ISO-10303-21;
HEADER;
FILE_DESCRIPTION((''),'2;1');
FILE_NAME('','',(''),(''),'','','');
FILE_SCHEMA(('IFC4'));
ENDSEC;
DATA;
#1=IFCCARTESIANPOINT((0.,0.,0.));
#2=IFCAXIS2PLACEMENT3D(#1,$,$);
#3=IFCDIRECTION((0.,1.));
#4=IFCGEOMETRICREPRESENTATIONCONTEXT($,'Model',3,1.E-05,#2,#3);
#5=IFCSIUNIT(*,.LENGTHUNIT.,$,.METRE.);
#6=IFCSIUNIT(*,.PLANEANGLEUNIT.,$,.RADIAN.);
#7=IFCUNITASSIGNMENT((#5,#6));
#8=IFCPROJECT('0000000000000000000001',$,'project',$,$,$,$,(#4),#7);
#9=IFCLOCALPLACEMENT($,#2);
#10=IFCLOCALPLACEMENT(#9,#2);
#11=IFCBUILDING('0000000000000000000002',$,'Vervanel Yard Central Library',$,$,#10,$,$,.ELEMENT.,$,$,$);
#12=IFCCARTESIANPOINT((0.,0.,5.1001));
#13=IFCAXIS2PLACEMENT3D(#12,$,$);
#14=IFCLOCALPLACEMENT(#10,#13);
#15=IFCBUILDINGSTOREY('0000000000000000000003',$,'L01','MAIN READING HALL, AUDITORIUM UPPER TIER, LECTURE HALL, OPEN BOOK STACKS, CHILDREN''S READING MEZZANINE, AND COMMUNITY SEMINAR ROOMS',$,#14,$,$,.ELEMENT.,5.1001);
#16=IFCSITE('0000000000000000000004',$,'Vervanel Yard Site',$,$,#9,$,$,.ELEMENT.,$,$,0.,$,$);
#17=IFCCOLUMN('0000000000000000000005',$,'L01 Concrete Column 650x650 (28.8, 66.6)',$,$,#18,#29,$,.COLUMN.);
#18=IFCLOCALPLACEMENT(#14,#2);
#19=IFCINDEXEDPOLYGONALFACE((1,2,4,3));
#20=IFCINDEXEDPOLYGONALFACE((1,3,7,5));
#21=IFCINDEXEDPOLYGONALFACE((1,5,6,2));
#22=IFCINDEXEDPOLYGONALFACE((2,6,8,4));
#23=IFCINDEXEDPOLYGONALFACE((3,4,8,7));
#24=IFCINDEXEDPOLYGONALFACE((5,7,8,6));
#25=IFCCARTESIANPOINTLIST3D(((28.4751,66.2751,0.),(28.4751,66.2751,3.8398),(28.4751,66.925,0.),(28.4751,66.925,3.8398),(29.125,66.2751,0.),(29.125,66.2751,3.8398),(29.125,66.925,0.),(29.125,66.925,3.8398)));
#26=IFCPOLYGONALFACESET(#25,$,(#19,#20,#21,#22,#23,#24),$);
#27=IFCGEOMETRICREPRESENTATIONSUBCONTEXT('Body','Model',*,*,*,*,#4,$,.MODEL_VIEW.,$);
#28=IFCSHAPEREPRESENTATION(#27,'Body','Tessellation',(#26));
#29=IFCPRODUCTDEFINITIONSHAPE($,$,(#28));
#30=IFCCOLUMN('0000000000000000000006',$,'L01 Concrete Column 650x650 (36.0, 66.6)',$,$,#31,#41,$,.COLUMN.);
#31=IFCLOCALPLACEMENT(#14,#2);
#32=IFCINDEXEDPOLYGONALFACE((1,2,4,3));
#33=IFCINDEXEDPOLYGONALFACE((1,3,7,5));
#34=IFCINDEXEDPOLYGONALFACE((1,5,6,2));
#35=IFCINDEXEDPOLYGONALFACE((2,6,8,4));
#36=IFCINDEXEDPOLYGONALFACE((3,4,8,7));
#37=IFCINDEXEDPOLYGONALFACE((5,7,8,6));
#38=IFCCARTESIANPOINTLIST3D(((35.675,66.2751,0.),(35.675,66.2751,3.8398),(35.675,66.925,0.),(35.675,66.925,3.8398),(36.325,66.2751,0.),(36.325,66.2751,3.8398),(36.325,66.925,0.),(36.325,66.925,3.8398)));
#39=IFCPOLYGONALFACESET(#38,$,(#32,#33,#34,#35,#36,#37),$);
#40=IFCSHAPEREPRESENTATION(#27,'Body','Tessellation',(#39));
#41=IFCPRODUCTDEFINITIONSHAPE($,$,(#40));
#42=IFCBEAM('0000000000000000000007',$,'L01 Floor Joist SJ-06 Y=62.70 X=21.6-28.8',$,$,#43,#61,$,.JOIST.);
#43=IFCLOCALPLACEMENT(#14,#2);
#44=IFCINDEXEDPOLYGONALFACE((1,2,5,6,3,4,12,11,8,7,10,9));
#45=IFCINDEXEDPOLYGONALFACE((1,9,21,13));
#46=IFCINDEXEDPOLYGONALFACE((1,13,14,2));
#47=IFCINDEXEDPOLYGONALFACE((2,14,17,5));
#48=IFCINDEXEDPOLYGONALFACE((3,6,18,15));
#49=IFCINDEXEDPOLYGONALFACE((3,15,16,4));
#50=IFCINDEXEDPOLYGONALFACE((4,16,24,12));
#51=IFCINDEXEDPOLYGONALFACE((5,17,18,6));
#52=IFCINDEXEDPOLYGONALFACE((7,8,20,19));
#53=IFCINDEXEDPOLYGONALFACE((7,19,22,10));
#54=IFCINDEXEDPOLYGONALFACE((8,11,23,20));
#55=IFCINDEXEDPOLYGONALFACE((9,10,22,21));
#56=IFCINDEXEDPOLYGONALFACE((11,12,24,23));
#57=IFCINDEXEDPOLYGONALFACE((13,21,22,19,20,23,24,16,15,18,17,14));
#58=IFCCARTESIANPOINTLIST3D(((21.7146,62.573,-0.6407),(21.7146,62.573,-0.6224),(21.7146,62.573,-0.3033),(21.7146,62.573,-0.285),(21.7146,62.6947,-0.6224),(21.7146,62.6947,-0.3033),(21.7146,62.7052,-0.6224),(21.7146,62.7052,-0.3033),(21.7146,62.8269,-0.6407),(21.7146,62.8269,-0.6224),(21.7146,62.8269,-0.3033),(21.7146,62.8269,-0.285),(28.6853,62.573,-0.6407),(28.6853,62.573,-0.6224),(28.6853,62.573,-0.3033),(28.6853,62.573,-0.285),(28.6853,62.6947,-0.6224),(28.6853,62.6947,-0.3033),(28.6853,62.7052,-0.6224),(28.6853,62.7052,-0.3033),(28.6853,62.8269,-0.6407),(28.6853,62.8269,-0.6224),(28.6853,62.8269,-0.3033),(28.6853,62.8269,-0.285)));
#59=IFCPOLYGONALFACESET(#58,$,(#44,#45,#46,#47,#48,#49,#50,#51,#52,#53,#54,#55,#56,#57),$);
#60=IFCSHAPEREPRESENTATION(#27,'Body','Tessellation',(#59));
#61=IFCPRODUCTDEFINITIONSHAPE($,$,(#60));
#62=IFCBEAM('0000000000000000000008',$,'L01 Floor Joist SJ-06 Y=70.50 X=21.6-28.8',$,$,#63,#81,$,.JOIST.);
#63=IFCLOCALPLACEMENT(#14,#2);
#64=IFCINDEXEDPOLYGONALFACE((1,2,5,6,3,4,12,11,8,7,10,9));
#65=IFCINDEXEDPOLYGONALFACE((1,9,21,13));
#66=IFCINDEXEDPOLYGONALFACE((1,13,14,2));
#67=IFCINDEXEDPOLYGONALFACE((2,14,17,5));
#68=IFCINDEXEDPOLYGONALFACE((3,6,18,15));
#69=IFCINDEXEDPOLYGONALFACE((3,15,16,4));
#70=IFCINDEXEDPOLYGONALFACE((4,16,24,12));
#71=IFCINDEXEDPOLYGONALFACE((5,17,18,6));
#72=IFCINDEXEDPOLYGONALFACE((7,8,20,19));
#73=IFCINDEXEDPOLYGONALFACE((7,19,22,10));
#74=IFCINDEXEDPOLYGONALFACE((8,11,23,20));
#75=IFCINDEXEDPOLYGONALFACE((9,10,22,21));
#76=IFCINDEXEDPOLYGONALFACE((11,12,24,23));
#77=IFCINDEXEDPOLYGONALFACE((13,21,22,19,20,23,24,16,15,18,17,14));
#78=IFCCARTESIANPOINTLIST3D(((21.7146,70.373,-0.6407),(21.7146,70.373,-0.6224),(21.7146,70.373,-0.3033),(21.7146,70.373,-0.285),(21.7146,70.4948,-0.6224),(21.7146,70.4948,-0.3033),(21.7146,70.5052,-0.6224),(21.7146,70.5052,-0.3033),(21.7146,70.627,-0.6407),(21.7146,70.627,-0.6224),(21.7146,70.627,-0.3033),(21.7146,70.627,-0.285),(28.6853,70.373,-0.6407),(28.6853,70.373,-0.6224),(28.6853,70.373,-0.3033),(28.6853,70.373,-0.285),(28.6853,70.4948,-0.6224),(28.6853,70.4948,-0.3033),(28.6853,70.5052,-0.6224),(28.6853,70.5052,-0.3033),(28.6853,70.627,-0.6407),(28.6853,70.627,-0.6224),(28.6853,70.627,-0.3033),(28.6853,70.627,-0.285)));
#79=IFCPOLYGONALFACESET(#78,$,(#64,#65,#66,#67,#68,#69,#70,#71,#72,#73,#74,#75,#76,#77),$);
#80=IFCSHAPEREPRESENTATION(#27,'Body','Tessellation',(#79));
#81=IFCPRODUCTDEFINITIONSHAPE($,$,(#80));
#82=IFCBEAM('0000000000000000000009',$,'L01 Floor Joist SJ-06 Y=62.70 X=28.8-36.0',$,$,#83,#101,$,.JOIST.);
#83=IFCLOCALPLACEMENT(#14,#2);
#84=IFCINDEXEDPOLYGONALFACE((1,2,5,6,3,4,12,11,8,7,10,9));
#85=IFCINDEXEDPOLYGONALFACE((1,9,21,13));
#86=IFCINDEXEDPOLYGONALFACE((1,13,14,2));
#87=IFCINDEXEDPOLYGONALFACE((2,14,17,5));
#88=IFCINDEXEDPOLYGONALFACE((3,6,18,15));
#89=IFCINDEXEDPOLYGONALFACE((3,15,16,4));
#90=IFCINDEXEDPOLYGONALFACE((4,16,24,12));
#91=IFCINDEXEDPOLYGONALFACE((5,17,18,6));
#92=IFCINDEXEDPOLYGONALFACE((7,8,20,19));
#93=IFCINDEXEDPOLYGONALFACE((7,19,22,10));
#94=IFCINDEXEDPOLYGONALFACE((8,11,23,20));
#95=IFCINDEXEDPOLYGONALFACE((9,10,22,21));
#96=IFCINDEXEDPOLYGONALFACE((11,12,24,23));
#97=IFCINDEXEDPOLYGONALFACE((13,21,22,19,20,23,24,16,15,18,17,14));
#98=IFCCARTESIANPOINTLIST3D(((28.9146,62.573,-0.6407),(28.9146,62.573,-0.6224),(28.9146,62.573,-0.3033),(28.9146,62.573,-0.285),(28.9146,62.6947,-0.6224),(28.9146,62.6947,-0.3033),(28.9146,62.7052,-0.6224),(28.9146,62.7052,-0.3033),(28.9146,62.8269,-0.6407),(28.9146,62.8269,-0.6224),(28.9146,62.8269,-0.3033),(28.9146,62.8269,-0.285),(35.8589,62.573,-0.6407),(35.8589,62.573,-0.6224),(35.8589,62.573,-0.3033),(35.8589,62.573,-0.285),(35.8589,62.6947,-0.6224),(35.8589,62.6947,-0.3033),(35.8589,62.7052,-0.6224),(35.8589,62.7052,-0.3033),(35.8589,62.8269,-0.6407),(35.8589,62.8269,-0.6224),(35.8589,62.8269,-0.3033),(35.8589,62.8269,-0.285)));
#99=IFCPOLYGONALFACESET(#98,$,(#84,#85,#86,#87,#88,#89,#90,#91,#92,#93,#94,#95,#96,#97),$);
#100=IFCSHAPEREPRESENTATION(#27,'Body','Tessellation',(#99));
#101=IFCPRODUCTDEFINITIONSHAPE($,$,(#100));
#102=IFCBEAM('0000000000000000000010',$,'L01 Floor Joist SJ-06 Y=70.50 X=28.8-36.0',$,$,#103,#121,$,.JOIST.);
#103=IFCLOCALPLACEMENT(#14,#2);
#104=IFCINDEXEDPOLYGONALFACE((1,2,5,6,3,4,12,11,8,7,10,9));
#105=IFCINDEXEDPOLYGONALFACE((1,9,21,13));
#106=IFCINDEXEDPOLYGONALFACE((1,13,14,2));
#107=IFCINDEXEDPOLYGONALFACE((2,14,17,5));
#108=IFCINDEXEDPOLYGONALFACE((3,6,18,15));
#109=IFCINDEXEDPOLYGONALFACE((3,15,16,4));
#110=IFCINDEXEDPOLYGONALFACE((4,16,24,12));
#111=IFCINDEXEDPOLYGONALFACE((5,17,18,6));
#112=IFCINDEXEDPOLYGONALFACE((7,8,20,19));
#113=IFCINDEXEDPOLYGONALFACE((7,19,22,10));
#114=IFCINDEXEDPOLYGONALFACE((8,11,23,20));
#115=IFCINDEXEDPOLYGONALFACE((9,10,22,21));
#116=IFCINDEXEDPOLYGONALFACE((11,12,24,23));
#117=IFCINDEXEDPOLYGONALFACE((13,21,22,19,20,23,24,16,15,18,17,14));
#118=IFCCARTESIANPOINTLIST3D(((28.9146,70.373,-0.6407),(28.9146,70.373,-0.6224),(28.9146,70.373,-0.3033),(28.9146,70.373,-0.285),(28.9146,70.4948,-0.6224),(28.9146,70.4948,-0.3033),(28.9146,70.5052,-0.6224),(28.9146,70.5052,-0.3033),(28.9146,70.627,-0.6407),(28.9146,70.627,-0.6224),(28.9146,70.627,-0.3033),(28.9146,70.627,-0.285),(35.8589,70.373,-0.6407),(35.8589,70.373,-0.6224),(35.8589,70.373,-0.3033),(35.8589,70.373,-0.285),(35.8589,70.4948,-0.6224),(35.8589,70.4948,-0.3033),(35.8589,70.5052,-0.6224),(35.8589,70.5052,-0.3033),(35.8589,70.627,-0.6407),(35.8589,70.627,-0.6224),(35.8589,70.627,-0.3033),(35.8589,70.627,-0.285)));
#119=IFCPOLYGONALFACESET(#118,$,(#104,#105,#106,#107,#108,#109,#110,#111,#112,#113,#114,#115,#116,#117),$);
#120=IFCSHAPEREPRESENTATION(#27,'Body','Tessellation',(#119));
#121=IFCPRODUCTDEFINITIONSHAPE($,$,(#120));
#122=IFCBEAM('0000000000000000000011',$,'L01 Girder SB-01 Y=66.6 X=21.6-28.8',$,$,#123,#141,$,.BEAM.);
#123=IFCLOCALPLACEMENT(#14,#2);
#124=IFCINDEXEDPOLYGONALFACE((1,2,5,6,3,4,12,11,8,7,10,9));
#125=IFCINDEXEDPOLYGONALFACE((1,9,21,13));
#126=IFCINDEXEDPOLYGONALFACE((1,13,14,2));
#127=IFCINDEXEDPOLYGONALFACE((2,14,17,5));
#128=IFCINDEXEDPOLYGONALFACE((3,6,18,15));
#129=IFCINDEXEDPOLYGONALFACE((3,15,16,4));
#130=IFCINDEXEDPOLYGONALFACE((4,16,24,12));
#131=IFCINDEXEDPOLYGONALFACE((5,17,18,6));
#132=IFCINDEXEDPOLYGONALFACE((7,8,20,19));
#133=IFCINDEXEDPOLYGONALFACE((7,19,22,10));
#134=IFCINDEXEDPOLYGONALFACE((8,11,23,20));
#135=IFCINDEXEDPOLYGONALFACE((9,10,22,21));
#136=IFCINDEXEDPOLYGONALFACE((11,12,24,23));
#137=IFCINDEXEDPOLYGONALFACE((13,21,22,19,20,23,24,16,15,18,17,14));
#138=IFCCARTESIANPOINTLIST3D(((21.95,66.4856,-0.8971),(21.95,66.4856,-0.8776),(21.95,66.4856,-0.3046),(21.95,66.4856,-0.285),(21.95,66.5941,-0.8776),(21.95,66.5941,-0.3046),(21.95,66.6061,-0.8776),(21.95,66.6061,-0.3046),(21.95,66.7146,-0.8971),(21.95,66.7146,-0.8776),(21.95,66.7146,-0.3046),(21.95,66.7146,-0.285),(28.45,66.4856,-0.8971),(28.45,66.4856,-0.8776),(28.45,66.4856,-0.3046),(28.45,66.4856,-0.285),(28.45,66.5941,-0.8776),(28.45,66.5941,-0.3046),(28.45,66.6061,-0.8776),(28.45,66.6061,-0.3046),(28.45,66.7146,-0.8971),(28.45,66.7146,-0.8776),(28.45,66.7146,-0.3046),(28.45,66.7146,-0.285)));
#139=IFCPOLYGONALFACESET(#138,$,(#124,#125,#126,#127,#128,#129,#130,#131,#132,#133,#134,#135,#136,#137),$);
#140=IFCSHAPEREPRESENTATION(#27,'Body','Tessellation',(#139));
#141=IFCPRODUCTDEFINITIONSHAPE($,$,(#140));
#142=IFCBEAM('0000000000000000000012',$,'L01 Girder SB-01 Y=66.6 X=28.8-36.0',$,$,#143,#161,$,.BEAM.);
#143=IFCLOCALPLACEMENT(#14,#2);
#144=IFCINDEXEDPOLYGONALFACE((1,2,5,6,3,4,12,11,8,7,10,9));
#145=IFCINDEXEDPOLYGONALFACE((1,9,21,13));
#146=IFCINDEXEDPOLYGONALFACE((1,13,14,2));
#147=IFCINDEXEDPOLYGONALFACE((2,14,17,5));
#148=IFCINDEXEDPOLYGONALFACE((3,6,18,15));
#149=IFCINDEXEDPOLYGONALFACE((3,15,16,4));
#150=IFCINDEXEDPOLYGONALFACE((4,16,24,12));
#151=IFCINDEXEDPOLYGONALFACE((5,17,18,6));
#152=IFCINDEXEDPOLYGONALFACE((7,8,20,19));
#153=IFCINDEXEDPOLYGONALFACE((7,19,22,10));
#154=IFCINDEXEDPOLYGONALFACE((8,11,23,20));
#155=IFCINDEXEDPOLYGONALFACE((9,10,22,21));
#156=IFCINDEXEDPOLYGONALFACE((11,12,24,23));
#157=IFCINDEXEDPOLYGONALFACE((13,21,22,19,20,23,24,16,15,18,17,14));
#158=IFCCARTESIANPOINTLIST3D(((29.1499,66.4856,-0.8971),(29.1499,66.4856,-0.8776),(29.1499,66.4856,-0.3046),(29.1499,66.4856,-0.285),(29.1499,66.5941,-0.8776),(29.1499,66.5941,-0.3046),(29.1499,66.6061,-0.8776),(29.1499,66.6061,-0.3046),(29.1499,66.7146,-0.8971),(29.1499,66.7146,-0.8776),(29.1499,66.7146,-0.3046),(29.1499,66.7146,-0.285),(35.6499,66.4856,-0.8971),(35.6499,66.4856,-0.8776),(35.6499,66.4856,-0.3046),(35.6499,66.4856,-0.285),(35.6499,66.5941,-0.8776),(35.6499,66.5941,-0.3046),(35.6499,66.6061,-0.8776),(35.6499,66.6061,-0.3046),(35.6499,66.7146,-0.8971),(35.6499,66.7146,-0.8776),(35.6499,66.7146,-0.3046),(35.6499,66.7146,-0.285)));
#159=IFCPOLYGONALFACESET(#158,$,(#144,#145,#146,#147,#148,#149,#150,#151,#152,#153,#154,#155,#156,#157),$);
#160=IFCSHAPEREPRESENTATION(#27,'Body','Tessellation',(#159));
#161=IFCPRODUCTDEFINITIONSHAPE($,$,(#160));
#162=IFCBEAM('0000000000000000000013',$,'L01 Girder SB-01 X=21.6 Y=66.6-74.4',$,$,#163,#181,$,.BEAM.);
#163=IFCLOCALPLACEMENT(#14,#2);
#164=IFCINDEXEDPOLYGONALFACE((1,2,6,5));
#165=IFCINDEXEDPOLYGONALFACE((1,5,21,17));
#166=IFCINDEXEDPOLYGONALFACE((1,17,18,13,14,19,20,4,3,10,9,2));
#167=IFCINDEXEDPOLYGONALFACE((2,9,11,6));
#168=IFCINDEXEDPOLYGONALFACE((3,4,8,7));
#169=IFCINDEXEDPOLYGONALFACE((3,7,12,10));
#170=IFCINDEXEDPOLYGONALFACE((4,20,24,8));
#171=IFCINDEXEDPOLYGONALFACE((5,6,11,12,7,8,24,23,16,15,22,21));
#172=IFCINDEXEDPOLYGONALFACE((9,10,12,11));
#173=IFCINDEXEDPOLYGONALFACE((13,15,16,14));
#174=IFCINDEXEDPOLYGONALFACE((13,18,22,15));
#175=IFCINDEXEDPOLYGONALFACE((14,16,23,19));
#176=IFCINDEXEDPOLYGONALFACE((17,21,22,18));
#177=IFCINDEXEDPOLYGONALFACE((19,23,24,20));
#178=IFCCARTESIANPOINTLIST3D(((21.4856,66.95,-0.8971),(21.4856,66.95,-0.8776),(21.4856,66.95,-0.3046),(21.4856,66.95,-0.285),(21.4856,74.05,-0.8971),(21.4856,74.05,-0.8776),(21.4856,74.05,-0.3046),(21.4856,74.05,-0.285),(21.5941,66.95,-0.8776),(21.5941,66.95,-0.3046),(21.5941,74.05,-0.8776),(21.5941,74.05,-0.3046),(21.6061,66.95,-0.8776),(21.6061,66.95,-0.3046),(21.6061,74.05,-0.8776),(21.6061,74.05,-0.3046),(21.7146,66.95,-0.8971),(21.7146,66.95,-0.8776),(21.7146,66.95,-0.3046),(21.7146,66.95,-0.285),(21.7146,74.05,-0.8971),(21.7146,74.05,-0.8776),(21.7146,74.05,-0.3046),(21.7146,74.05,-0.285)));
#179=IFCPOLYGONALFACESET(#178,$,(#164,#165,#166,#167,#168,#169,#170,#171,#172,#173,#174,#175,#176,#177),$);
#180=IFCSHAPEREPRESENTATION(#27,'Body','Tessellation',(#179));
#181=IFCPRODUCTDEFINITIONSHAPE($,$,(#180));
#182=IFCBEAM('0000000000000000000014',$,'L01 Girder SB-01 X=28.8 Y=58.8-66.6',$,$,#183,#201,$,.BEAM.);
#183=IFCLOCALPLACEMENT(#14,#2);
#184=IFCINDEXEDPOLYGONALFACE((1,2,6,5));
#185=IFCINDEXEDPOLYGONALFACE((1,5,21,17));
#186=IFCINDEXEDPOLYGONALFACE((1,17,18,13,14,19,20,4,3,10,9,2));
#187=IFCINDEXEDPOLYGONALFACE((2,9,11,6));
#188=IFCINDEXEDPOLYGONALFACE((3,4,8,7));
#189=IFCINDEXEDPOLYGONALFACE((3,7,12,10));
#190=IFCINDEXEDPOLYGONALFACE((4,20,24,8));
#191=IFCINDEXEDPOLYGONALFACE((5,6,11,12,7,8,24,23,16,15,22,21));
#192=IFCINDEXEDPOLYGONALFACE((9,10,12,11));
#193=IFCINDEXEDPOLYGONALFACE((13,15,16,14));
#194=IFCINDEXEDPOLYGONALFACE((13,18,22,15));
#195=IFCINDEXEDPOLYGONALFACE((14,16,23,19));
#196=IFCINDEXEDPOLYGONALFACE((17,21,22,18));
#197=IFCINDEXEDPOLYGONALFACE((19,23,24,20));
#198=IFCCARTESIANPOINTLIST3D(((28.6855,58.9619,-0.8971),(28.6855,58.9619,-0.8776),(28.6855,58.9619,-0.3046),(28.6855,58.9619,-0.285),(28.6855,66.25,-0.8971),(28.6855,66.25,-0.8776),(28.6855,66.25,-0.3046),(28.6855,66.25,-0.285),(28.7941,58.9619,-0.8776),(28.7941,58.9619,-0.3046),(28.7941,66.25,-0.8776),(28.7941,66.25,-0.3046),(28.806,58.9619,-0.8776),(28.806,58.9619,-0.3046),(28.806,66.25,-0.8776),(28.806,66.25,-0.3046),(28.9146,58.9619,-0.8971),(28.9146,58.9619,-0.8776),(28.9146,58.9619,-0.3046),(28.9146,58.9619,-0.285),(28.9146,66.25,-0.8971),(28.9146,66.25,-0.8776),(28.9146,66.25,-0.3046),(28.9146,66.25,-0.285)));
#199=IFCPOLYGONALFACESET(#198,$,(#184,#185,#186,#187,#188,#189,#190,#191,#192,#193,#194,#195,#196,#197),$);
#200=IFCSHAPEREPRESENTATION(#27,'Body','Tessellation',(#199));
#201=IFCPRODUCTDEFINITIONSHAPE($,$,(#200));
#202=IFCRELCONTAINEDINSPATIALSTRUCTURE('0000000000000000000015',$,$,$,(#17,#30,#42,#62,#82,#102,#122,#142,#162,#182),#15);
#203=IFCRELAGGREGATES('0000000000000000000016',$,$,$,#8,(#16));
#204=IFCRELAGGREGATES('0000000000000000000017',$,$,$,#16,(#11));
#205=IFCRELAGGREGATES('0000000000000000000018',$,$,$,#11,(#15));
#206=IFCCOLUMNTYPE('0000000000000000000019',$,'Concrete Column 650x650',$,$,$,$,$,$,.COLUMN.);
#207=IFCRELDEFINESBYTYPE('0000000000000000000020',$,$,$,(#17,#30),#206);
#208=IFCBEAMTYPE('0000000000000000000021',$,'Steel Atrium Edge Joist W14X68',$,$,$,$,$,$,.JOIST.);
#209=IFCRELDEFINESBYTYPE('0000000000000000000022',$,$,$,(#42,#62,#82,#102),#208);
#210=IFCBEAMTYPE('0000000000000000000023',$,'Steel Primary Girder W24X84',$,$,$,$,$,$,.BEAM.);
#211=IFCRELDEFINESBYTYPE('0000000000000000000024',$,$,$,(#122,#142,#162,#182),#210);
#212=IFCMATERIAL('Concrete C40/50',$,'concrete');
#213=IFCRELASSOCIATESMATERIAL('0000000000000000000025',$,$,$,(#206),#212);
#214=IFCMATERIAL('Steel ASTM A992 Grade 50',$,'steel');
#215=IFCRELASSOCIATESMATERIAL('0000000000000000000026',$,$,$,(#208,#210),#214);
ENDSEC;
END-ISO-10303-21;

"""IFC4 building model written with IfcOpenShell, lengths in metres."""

from ifc_helpers import new_model, si_unit, direction, frame, origin, origin_2d, place, context, subcontext, project, spatial, rectangle, i_section, extrude, material, material_profile, profile_set, type_object, element, save


model = new_model("IFC4")

# Units and contexts
model_context = context("Model", 3, precision=1e-05, world=origin(), true_north=direction((0.0, 1.0)))
body_context = subcontext(model_context, "Body", "Model", "MODEL_VIEW")
ifc_project = project(units=[si_unit("LENGTHUNIT", "METRE"), si_unit("PLANEANGLEUNIT", "RADIAN")], contexts=[model_context])

# Site, building, storey
site_placement = place(None, origin())
site = spatial("IfcSite", under=ifc_project, at=site_placement, Name="Vervanel Yard Site", CompositionType="ELEMENT", RefElevation=0.0)
building_placement = place(site_placement, origin())
building = spatial("IfcBuilding", under=site, at=building_placement, Name="Vervanel Yard Central Library", CompositionType="ELEMENT")
storey_placement = place(building_placement, frame((0.0, 0.0, 5.1001)))
storey = spatial("IfcBuildingStorey", under=building, at=storey_placement, Name="L01", Description="MAIN READING HALL, AUDITORIUM UPPER TIER, LECTURE HALL, OPEN BOOK STACKS, CHILDREN'S READING MEZZANINE, AND COMMUNITY SEMINAR ROOMS", CompositionType="ELEMENT", Elevation=5.1001)

# Columns
ifc_material_1 = material(Name="Concrete C40/50", Category="concrete")
ifc_material_profile_1 = material_profile(ifc_material_1, rectangle(XDim=0.6499, YDim=0.6499, at=origin_2d()), Name="RC 650x650", Category="concrete")
ifc_profile_set_1 = profile_set([ifc_material_profile_1], Name="Concrete C40/50")
column_type = type_object("IfcColumnType", Name="Concrete Column 650x650", PredefinedType="COLUMN", material=ifc_profile_set_1)
for number, where, z_axis, x_axis, name in (
    (1, (28.8, 66.6001, 0.0), (0.0, 0.0, 1.0), (1.0, 0.0, 0.0), "L01 Concrete Column 650x650 (28.8, 66.6)"),
    (2, (36.0, 66.6001, 0.0), (0.0, 0.0, 1.0), (1.0, 0.0, 0.0), "L01 Concrete Column 650x650 (36.0, 66.6)"),
):
    element("IfcColumn", number, at=place(storey_placement, frame(where, z_axis=z_axis, x_axis=x_axis)), inside=storey, type_object=column_type, Name=name, PredefinedType="COLUMN", context=body_context, shape_type="SweptSolid", body=[
        extrude(rectangle(XDim=0.6499, YDim=0.6499, at=origin_2d()), origin(), (0.0, 0.0, 1.0), 3.8398),
    ])

# Beams
ifc_material_2 = material(Name="Steel ASTM A992 Grade 50", Category="steel")
ifc_material_profile_2 = material_profile(ifc_material_2, i_section(OverallWidth=0.2539, OverallDepth=0.3557, WebThickness=0.0105, FlangeThickness=0.0183, at=origin_2d()), Name="W14X68", Category="steel")
ifc_profile_set_2 = profile_set([ifc_material_profile_2], Name="Steel ASTM A992 Grade 50")
beam_type_1 = type_object("IfcBeamType", Name="Steel Atrium Edge Joist W14X68", PredefinedType="JOIST", material=ifc_profile_set_2)
for number, where, z_axis, x_axis, name in (
    (3, (21.7146, 62.7, -0.4629), (1.0, 0.0, 0.0), (0.0, 1.0, 0.0), "L01 Floor Joist SJ-06 Y=62.70 X=21.6-28.8"),
    (4, (21.7146, 70.5, -0.4629), (1.0, 0.0, 0.0), (0.0, 1.0, 0.0), "L01 Floor Joist SJ-06 Y=70.50 X=21.6-28.8"),
):
    element("IfcBeam", number, at=place(storey_placement, frame(where, z_axis=z_axis, x_axis=x_axis)), inside=storey, type_object=beam_type_1, Name=name, PredefinedType="JOIST", context=body_context, shape_type="SweptSolid", body=[
        extrude(i_section(OverallWidth=0.2539, OverallDepth=0.3557, WebThickness=0.0105, FlangeThickness=0.0183, at=origin_2d()), origin(), (0.0, 0.0, 1.0), 6.9707),
    ])
for number, where, z_axis, x_axis, name in (
    (5, (28.9146, 62.7, -0.4629), (1.0, 0.0, 0.0), (0.0, 1.0, 0.0), "L01 Floor Joist SJ-06 Y=62.70 X=28.8-36.0"),
    (6, (28.9146, 70.5, -0.4629), (1.0, 0.0, 0.0), (0.0, 1.0, 0.0), "L01 Floor Joist SJ-06 Y=70.50 X=28.8-36.0"),
):
    element("IfcBeam", number, at=place(storey_placement, frame(where, z_axis=z_axis, x_axis=x_axis)), inside=storey, type_object=beam_type_1, Name=name, PredefinedType="JOIST", context=body_context, shape_type="SweptSolid", body=[
        extrude(i_section(OverallWidth=0.2539, OverallDepth=0.3557, WebThickness=0.0105, FlangeThickness=0.0183, at=origin_2d()), origin(), (0.0, 0.0, 1.0), 6.9443),
    ])
ifc_material_profile_3 = material_profile(ifc_material_2, i_section(OverallWidth=0.229, OverallDepth=0.6121, WebThickness=0.012, FlangeThickness=0.0195, at=origin_2d()), Name="W24X84", Category="steel")
ifc_profile_set_3 = profile_set([ifc_material_profile_3], Name="Steel ASTM A992 Grade 50")
beam_type_2 = type_object("IfcBeamType", Name="Steel Primary Girder W24X84", PredefinedType="BEAM", material=ifc_profile_set_3)
for number, where, z_axis, x_axis, name in (
    (7, (21.95, 66.6001, -0.5911), (1.0, 0.0, 0.0), (0.0, 1.0, 0.0), "L01 Girder SB-01 Y=66.6 X=21.6-28.8"),
    (8, (29.1499, 66.6001, -0.5911), (1.0, 0.0, 0.0), (0.0, 1.0, 0.0), "L01 Girder SB-01 Y=66.6 X=28.8-36.0"),
):
    element("IfcBeam", number, at=place(storey_placement, frame(where, z_axis=z_axis, x_axis=x_axis)), inside=storey, type_object=beam_type_2, Name=name, PredefinedType="BEAM", context=body_context, shape_type="SweptSolid", body=[
        extrude(i_section(OverallWidth=0.229, OverallDepth=0.6121, WebThickness=0.012, FlangeThickness=0.0195, at=origin_2d()), origin(), (0.0, 0.0, 1.0), 6.5),
    ])
beam_1_placement = place(storey_placement, frame((21.6001, 66.95, -0.5911), z_axis=(0.0, 1.0, 0.0), x_axis=(-1.0, 0.0, 0.0)))
element("IfcBeam", 9, at=beam_1_placement, inside=storey, type_object=beam_type_2, Name="L01 Girder SB-01 X=21.6 Y=66.6-74.4", PredefinedType="BEAM", context=body_context, shape_type="SweptSolid", body=[
    extrude(i_section(OverallWidth=0.229, OverallDepth=0.6121, WebThickness=0.012, FlangeThickness=0.0195, at=origin_2d()), origin(), (0.0, 0.0, 1.0), 7.1001),
])
beam_2_placement = place(storey_placement, frame((28.8, 58.9619, -0.5911), z_axis=(0.0, 1.0, 0.0), x_axis=(-1.0, 0.0, 0.0)))
element("IfcBeam", 10, at=beam_2_placement, inside=storey, type_object=beam_type_2, Name="L01 Girder SB-01 X=28.8 Y=58.8-66.6", PredefinedType="BEAM", context=body_context, shape_type="SweptSolid", body=[
    extrude(i_section(OverallWidth=0.229, OverallDepth=0.6121, WebThickness=0.012, FlangeThickness=0.0195, at=origin_2d()), origin(), (0.0, 0.0, 1.0), 7.2881),
])

save(model, "model.ifc")
